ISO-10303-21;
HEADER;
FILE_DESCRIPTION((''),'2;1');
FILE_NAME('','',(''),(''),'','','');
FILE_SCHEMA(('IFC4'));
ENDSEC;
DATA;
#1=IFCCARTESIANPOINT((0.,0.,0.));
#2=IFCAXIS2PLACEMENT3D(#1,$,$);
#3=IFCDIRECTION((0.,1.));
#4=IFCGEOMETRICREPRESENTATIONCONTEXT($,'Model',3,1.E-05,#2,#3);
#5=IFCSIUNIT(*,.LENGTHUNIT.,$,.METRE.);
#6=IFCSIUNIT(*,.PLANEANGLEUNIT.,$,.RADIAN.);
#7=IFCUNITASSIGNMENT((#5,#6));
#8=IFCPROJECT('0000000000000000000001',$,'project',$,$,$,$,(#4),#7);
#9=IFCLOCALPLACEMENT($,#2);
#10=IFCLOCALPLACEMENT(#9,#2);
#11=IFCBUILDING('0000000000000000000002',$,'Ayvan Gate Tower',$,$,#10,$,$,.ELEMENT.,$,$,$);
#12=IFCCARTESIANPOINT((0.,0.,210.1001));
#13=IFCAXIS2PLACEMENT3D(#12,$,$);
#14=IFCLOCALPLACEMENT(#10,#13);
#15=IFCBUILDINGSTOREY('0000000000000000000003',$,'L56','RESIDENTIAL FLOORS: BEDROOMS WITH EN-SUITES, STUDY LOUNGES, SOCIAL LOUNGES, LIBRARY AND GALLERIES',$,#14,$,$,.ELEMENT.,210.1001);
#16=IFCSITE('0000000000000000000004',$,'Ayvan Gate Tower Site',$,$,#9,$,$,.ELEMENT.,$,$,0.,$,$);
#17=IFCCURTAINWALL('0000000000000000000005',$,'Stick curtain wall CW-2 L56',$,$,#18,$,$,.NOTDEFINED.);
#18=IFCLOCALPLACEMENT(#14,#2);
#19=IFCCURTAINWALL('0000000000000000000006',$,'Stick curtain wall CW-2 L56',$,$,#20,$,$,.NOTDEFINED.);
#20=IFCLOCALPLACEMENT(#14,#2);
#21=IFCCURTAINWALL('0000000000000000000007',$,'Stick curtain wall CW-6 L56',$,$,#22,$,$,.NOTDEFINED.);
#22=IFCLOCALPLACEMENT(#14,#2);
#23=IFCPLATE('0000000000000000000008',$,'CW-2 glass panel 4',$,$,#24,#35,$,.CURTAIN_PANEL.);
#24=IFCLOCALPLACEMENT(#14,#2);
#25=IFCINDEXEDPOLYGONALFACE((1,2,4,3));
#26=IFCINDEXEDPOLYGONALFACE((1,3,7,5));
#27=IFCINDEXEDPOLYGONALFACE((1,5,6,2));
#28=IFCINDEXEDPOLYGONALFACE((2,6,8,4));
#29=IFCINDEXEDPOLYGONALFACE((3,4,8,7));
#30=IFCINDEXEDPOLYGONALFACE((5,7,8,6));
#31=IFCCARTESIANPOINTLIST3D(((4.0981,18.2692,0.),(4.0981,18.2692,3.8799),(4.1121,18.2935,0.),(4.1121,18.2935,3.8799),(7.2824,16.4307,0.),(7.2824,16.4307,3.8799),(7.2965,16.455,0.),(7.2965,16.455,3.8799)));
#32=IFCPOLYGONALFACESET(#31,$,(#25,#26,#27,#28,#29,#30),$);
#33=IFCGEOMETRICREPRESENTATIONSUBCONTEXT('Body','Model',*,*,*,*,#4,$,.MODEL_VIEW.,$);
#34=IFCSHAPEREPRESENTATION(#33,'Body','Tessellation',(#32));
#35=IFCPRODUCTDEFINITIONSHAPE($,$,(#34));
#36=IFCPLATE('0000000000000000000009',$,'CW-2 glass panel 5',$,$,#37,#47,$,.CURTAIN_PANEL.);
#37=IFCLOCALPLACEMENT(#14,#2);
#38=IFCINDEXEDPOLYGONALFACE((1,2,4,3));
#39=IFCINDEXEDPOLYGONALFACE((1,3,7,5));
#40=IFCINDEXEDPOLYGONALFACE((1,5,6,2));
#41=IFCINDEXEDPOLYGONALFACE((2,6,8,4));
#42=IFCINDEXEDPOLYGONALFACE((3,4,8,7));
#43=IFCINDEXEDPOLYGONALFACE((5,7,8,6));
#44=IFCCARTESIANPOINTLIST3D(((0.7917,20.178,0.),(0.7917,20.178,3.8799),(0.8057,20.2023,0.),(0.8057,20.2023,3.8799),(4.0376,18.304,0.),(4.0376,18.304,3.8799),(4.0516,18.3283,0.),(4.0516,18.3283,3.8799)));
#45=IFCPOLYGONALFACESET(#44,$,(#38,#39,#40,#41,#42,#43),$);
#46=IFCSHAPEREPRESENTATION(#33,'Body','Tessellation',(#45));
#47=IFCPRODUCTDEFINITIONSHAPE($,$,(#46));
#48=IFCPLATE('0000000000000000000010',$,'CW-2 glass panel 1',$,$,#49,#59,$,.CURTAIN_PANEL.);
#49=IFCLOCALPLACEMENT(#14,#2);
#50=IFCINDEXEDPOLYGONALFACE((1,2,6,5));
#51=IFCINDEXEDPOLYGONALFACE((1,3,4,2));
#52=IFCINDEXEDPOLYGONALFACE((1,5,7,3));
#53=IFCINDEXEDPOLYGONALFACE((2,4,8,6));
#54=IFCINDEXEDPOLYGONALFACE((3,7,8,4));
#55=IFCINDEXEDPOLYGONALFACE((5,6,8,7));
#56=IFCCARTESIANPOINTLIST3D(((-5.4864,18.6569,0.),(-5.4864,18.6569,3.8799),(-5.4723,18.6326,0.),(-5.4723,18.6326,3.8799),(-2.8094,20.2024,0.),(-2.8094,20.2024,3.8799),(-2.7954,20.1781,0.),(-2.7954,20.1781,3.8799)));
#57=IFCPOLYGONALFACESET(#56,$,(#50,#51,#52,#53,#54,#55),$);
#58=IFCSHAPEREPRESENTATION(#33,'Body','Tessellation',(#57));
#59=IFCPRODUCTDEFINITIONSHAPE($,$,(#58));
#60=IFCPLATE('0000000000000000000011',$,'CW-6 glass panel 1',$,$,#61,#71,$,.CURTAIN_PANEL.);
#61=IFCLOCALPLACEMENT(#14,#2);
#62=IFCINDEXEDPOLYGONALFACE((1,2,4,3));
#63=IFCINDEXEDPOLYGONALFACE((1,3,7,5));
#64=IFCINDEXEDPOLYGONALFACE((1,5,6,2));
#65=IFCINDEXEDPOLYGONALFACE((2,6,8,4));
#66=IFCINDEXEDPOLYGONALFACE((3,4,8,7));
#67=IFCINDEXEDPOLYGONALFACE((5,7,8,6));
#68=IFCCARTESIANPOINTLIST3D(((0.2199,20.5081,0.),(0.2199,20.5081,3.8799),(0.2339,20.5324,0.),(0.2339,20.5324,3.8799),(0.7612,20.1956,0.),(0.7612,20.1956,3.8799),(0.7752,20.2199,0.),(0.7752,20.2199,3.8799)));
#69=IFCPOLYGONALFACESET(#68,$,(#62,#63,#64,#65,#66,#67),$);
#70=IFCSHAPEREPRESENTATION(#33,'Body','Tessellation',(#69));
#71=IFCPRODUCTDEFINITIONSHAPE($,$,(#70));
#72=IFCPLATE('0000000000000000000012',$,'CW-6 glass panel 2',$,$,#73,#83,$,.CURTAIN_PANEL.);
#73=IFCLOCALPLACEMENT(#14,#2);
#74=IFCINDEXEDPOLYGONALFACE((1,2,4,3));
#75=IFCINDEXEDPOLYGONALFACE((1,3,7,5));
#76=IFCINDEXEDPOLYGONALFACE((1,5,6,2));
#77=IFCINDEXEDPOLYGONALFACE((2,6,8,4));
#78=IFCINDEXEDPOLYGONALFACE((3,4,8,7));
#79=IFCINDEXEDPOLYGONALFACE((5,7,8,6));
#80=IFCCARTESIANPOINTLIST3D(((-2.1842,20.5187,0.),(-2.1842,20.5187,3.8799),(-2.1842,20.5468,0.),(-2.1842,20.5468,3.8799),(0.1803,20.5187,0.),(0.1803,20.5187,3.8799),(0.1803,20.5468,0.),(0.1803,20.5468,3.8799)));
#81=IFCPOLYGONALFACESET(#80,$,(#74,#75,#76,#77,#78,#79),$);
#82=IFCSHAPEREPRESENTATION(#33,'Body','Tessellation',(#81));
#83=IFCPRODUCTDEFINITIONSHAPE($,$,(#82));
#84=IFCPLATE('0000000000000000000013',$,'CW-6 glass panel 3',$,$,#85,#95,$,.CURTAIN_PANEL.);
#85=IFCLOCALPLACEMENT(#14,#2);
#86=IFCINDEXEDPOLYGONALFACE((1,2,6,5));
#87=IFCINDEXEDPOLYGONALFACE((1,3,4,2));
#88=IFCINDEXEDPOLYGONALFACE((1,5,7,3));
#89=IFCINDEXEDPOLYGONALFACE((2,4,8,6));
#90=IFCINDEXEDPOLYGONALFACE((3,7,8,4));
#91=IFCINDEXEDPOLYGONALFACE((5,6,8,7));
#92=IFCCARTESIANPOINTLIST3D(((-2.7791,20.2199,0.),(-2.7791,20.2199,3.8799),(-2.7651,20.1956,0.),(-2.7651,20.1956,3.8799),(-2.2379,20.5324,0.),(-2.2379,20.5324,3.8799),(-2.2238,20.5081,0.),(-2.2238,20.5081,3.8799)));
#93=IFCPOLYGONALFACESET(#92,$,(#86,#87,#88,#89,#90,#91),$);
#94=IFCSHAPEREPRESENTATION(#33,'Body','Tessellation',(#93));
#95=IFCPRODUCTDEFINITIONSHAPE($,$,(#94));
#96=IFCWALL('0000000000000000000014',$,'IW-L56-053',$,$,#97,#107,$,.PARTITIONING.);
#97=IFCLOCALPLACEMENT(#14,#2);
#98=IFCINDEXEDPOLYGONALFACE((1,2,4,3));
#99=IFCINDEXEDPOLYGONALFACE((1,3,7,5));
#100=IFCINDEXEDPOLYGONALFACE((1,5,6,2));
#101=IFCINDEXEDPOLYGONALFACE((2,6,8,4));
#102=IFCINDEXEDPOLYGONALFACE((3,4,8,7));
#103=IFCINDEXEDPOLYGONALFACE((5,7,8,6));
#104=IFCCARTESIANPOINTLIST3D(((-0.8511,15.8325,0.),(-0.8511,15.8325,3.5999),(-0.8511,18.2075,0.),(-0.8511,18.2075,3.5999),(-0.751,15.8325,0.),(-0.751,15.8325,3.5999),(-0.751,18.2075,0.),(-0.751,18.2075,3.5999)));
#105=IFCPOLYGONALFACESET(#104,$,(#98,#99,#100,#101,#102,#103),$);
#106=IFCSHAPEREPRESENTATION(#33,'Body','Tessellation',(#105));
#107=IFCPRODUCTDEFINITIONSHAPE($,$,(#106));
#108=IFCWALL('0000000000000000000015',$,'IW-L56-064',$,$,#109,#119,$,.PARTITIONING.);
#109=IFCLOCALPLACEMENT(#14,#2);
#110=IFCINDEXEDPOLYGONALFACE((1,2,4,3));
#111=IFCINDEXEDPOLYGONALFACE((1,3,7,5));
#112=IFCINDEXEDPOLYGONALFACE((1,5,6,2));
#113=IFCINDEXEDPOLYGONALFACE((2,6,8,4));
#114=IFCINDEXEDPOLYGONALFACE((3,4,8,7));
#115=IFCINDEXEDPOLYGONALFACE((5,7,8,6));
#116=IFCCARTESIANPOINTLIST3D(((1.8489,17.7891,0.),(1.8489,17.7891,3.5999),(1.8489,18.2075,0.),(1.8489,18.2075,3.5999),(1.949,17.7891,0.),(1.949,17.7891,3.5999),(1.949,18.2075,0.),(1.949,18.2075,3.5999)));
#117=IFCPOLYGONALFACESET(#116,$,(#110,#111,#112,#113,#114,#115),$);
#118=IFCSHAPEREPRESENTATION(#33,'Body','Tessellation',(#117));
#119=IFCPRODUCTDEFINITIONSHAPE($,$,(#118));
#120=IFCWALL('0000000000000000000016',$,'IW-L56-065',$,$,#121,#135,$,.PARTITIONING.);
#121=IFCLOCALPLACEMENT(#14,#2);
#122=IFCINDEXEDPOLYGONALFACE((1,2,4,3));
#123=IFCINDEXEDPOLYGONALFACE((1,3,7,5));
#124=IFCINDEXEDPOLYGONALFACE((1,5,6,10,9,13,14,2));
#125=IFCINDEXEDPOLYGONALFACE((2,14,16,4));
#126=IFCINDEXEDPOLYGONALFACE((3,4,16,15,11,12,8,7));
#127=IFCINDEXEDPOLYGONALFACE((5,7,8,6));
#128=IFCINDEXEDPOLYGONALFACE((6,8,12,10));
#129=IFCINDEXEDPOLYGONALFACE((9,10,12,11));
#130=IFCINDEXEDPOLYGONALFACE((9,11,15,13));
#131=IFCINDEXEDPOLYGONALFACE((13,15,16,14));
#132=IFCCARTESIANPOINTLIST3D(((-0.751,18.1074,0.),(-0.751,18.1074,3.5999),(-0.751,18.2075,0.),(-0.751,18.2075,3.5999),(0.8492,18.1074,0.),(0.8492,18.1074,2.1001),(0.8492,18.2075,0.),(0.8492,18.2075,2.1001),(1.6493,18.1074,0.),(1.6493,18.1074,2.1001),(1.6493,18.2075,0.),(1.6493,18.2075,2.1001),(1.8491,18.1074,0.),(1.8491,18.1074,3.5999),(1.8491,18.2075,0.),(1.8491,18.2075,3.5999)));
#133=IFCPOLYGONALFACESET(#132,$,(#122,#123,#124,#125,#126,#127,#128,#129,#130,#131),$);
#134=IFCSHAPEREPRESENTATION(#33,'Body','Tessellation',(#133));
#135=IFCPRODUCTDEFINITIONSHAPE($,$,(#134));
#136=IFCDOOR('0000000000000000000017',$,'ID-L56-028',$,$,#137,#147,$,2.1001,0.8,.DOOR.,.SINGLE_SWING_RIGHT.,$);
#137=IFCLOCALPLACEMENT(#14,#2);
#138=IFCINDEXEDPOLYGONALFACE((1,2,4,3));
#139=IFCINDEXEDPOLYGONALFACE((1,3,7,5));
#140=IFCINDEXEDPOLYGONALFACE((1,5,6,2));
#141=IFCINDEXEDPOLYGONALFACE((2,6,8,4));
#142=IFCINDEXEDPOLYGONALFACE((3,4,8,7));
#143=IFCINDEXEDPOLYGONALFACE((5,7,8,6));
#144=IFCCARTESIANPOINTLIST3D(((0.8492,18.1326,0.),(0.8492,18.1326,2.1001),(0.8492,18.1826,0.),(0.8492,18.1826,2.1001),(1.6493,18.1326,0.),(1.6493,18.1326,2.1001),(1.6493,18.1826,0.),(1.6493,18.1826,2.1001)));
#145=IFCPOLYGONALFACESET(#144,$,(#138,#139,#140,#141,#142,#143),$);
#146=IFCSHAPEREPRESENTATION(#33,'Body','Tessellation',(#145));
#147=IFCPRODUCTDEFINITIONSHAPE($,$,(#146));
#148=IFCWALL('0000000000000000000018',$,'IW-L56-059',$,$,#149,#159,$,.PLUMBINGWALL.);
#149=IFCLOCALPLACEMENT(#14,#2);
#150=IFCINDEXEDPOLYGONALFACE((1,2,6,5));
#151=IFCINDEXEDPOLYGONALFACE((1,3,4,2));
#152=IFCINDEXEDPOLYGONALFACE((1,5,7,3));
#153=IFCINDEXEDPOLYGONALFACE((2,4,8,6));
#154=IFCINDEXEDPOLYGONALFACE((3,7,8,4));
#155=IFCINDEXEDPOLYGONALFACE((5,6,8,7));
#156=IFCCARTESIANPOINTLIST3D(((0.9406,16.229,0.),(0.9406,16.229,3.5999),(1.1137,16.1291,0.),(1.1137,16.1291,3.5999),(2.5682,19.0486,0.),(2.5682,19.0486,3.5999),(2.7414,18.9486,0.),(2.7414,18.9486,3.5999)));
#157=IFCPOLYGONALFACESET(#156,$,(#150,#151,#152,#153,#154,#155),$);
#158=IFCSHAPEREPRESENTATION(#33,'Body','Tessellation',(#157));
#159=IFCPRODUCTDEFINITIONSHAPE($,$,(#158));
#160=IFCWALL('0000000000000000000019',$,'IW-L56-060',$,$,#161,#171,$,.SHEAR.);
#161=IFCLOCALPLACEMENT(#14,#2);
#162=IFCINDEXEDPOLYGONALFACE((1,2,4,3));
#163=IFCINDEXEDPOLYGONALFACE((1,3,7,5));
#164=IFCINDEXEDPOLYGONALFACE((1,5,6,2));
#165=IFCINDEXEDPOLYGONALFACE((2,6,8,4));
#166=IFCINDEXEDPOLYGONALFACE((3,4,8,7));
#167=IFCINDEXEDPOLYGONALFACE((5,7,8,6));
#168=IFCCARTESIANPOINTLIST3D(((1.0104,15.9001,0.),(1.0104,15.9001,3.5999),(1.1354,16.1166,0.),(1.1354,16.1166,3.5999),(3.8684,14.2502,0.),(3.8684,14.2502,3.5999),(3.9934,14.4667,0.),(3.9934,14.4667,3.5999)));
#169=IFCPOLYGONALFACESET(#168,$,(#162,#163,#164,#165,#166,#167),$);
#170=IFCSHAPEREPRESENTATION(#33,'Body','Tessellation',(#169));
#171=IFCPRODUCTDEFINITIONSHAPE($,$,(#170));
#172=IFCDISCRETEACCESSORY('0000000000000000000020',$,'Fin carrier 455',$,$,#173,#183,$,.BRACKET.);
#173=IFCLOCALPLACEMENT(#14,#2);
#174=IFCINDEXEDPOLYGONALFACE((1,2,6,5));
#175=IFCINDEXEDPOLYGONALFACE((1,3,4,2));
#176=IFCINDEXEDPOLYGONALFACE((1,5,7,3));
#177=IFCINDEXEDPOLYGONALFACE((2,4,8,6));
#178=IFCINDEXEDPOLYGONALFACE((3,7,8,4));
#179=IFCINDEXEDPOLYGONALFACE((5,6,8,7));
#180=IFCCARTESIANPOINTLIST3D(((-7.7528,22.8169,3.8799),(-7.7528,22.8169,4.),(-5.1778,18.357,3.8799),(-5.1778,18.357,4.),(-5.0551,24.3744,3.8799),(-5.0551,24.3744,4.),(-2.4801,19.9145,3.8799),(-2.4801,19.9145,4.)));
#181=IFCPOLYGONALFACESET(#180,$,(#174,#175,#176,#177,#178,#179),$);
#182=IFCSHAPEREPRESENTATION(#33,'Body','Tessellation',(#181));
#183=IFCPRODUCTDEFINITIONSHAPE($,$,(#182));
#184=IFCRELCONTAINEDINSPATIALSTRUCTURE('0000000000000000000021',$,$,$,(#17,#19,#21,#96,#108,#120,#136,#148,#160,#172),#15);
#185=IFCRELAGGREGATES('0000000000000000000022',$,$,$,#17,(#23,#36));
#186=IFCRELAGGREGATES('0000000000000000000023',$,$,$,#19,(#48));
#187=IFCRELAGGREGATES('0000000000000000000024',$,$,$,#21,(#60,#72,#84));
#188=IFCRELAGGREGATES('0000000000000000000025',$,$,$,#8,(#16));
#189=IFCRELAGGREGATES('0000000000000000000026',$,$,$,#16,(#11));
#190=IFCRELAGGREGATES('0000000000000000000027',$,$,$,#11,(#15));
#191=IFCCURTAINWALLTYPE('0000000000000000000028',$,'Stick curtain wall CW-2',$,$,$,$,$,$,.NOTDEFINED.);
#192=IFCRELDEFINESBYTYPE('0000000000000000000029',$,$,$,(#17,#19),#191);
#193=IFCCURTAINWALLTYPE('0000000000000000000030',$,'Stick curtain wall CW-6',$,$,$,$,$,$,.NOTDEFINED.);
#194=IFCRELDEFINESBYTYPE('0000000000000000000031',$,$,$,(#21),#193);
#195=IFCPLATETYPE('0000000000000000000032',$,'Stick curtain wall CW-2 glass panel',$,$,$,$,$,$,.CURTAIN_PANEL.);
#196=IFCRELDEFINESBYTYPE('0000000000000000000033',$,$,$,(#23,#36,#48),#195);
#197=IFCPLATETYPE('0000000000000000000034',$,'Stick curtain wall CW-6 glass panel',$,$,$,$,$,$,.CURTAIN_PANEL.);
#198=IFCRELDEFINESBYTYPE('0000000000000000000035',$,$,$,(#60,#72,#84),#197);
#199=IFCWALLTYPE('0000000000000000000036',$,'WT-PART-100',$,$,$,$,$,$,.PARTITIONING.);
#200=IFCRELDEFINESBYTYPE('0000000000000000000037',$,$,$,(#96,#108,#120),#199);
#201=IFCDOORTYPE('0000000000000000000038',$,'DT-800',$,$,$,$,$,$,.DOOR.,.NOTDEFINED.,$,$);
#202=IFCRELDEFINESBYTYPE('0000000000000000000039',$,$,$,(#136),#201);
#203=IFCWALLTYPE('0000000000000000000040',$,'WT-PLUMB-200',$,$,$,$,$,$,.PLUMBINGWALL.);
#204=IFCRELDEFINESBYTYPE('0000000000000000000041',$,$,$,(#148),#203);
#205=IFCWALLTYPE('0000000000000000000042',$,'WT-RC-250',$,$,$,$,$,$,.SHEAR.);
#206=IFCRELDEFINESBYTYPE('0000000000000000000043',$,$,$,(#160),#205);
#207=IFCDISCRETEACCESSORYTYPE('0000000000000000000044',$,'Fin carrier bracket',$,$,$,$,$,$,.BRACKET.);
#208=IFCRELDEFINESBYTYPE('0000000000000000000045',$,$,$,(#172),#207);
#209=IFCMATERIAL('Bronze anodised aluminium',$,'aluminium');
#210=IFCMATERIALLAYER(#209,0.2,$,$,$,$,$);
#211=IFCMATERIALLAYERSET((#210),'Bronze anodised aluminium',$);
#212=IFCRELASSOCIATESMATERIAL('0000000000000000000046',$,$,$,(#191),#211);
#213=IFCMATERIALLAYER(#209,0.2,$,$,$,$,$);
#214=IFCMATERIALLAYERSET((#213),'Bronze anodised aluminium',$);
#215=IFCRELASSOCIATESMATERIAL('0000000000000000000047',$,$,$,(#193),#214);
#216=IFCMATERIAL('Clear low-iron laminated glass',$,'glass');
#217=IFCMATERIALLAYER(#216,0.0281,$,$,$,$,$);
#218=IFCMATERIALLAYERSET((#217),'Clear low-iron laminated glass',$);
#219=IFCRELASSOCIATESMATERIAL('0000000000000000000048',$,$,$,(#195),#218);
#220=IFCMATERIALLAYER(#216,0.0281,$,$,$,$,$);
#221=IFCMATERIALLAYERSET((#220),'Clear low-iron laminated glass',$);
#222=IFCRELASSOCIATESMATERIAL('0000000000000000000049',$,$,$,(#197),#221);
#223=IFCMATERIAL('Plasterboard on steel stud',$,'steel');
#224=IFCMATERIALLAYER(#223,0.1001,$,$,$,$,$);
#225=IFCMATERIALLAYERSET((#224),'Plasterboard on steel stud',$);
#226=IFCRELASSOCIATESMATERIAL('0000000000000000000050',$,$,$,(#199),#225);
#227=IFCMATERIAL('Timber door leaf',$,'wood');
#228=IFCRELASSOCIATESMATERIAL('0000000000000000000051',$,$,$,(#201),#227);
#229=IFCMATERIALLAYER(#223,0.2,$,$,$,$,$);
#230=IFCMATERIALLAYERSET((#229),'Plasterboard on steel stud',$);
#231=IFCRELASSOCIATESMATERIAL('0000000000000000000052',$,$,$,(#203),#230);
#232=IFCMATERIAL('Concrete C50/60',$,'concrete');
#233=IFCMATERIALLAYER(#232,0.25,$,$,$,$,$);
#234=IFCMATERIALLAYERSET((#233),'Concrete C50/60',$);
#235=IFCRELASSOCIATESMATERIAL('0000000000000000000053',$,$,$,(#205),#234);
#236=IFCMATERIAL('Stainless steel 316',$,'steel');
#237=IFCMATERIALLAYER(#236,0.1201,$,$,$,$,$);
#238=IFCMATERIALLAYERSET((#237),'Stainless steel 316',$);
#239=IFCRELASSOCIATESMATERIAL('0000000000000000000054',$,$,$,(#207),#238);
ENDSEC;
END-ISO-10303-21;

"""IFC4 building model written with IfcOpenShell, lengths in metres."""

from ifc_helpers import new_model, si_unit, direction, frame, frame_2d, origin, origin_2d, place, context, subcontext, project, spatial, rectangle, extrude, material, layer, layer_set, type_object, element, fill, aggregate, save


model = new_model("IFC4")

# Units and contexts
model_context = context("Model", 3, precision=1e-05, world=origin(), true_north=direction((0.0, 1.0)))
body_context = subcontext(model_context, "Body", "Model", "MODEL_VIEW")
ifc_project = project(units=[si_unit("LENGTHUNIT", "METRE"), si_unit("PLANEANGLEUNIT", "RADIAN")], contexts=[model_context])

# Site, building, storey
site_placement = place(None, origin())
site = spatial("IfcSite", under=ifc_project, at=site_placement, Name="Ayvan Gate Tower Site", CompositionType="ELEMENT", RefElevation=0.0)
building_placement = place(site_placement, origin())
building = spatial("IfcBuilding", under=site, at=building_placement, Name="Ayvan Gate Tower", CompositionType="ELEMENT")
storey_placement = place(building_placement, frame((0.0, 0.0, 210.1001)))
storey = spatial("IfcBuildingStorey", under=building, at=storey_placement, Name="L56", Description="RESIDENTIAL FLOORS: BEDROOMS WITH EN-SUITES, STUDY LOUNGES, SOCIAL LOUNGES, LIBRARY AND GALLERIES", CompositionType="ELEMENT", Elevation=210.1001)

# Curtain wall
ifc_material_1 = material(Name="Bronze anodised aluminium", Category="aluminium")
ifc_layer_1 = layer(ifc_material_1, 0.2)
ifc_layer_set_1 = layer_set([ifc_layer_1], Name="Bronze anodised aluminium")
curtain_wall_type_1 = type_object("IfcCurtainWallType", Name="Stick curtain wall CW-2", PredefinedType="NOTDEFINED", material=ifc_layer_set_1)
curtain_wall_1_placement = place(storey_placement, origin())
curtain_wall_1 = element("IfcCurtainWall", 1, at=curtain_wall_1_placement, inside=storey, type_object=curtain_wall_type_1, Name="Stick curtain wall CW-2 L56", PredefinedType="NOTDEFINED")

# Curtain wall
curtain_wall_2_placement = place(storey_placement, origin())
curtain_wall_2 = element("IfcCurtainWall", 2, at=curtain_wall_2_placement, inside=storey, type_object=curtain_wall_type_1, Name="Stick curtain wall CW-2 L56", PredefinedType="NOTDEFINED")

# Curtain wall
ifc_layer_2 = layer(ifc_material_1, 0.2)
ifc_layer_set_2 = layer_set([ifc_layer_2], Name="Bronze anodised aluminium")
curtain_wall_type_2 = type_object("IfcCurtainWallType", Name="Stick curtain wall CW-6", PredefinedType="NOTDEFINED", material=ifc_layer_set_2)
curtain_wall_3_placement = place(storey_placement, origin())
curtain_wall_3 = element("IfcCurtainWall", 3, at=curtain_wall_3_placement, inside=storey, type_object=curtain_wall_type_2, Name="Stick curtain wall CW-6 L56", PredefinedType="NOTDEFINED")

# Plates
ifc_material_2 = material(Name="Clear low-iron laminated glass", Category="glass")
ifc_layer_3 = layer(ifc_material_2, 0.0281)
ifc_layer_set_3 = layer_set([ifc_layer_3], Name="Clear low-iron laminated glass")
plate_type_1 = type_object("IfcPlateType", Name="Stick curtain wall CW-2 glass panel", PredefinedType="CURTAIN_PANEL", material=ifc_layer_set_3)
plate_1_placement = place(storey_placement, frame((5.6973, 17.3621, 0.0), z_axis=(0.0, 0.0, 1.0), x_axis=(-0.866025, 0.5, 0.0)))
plate_1 = element("IfcPlate", 4, at=plate_1_placement, type_object=plate_type_1, Name="CW-2 glass panel 4", PredefinedType="CURTAIN_PANEL", context=body_context, shape_type="SweptSolid", body=[
    extrude(rectangle(XDim=3.677, YDim=0.0281, at=origin_2d()), origin(), (0.0, 0.0, 1.0), 3.8799),
])
plate_2_placement = place(storey_placement, frame((2.4216, 19.2532, 0.0), z_axis=(0.0, 0.0, 1.0), x_axis=(-0.866025, 0.5, 0.0)))
plate_2 = element("IfcPlate", 5, at=plate_2_placement, type_object=plate_type_1, Name="CW-2 glass panel 5", PredefinedType="CURTAIN_PANEL", context=body_context, shape_type="SweptSolid", body=[
    extrude(rectangle(XDim=3.748, YDim=0.0281, at=origin_2d()), origin(), (0.0, 0.0, 1.0), 3.8799),
])
aggregate(curtain_wall_1, [plate_1, plate_2])
plate_3_placement = place(storey_placement, frame((-4.1409, 19.4175, 0.0), z_axis=(0.0, 0.0, 1.0), x_axis=(-0.866025, -0.5, 0.0)))
plate_3 = element("IfcPlate", 6, at=plate_3_placement, type_object=plate_type_1, Name="CW-2 glass panel 1", PredefinedType="CURTAIN_PANEL", context=body_context, shape_type="SweptSolid", body=[
    extrude(rectangle(XDim=3.0911, YDim=0.0281, at=origin_2d()), origin(), (0.0, 0.0, 1.0), 3.8799),
])
aggregate(curtain_wall_2, [plate_3])
ifc_layer_4 = layer(ifc_material_2, 0.0281)
ifc_layer_set_4 = layer_set([ifc_layer_4], Name="Clear low-iron laminated glass")
plate_type_2 = type_object("IfcPlateType", Name="Stick curtain wall CW-6 glass panel", PredefinedType="CURTAIN_PANEL", material=ifc_layer_set_4)
plate_4_placement = place(storey_placement, frame((0.4976, 20.364, 0.0), z_axis=(0.0, 0.0, 1.0), x_axis=(-0.866025, 0.5, 0.0)))
plate_4 = element("IfcPlate", 7, at=plate_4_placement, type_object=plate_type_2, Name="CW-6 glass panel 1", PredefinedType="CURTAIN_PANEL", context=body_context, shape_type="SweptSolid", body=[
    extrude(rectangle(XDim=0.625, YDim=0.0281, at=origin_2d()), origin(), (0.0, 0.0, 1.0), 3.8799),
])
plate_5_placement = place(storey_placement, frame((-1.002, 20.5327, 0.0), z_axis=(0.0, 0.0, 1.0), x_axis=(-1.0, 0.0, 0.0)))
plate_5 = element("IfcPlate", 8, at=plate_5_placement, type_object=plate_type_2, Name="CW-6 glass panel 2", PredefinedType="CURTAIN_PANEL", context=body_context, shape_type="SweptSolid", body=[
    extrude(rectangle(XDim=2.3645, YDim=0.0281, at=origin_2d()), origin(), (0.0, 0.0, 1.0), 3.8799),
])
plate_6_placement = place(storey_placement, frame((-2.5015, 20.364, 0.0), z_axis=(0.0, 0.0, 1.0), x_axis=(-0.866025, -0.5, 0.0)))
plate_6 = element("IfcPlate", 9, at=plate_6_placement, type_object=plate_type_2, Name="CW-6 glass panel 3", PredefinedType="CURTAIN_PANEL", context=body_context, shape_type="SweptSolid", body=[
    extrude(rectangle(XDim=0.625, YDim=0.0281, at=origin_2d()), origin(), (0.0, 0.0, 1.0), 3.8799),
])
aggregate(curtain_wall_3, [plate_4, plate_5, plate_6])

# Walls
ifc_material_3 = material(Name="Plasterboard on steel stud", Category="steel")
ifc_layer_5 = layer(ifc_material_3, 0.1001)
ifc_layer_set_5 = layer_set([ifc_layer_5], Name="Plasterboard on steel stud")
wall_type_1 = type_object("IfcWallType", Name="WT-PART-100", PredefinedType="PARTITIONING", material=ifc_layer_set_5)
wall_1_placement = place(storey_placement, frame((-0.801, 18.2075, 0.0), z_axis=(0.0, 0.0, 1.0), x_axis=(0.0, -1.0, 0.0)))
element("IfcWall", 10, at=wall_1_placement, inside=storey, type_object=wall_type_1, Name="IW-L56-053", PredefinedType="PARTITIONING", context=body_context, shape_type="SweptSolid", body=[
    extrude(rectangle(XDim=2.375, YDim=0.1001, at=frame_2d((1.1875, 0.0))), origin(), (0.0, 0.0, 1.0), 3.5999),
])
wall_2_placement = place(storey_placement, frame((1.8989, 17.7891, 0.0), z_axis=(0.0, 0.0, 1.0), x_axis=(0.0, 1.0, 0.0)))
element("IfcWall", 11, at=wall_2_placement, inside=storey, type_object=wall_type_1, Name="IW-L56-064", PredefinedType="PARTITIONING", context=body_context, shape_type="SweptSolid", body=[
    extrude(rectangle(XDim=0.4185, YDim=0.1001, at=frame_2d((0.2092, 0.0))), origin(), (0.0, 0.0, 1.0), 3.5999),
])

# Wall, opening, door
wall_3_placement = place(storey_placement, frame((1.8491, 18.1575, 0.0), z_axis=(0.0, 0.0, 1.0), x_axis=(-1.0, 0.0, 0.0)))
wall_3 = element("IfcWall", 12, at=wall_3_placement, inside=storey, type_object=wall_type_1, Name="IW-L56-065", PredefinedType="PARTITIONING", context=body_context, shape_type="SweptSolid", body=[
    extrude(rectangle(XDim=2.6001, YDim=0.1001, at=frame_2d((1.3, 0.0))), origin(), (0.0, 0.0, 1.0), 3.5999),
])
opening_placement = place(wall_3_placement, frame((0.2, 0.0, 0.0)))
opening = element("IfcOpeningElement", 13, at=opening_placement, cuts=wall_3, PredefinedType="OPENING", context=body_context, shape_type="SweptSolid", body=[
    extrude(rectangle(XDim=0.8, YDim=2.1001, at=frame_2d((0.3999, 1.05))), frame((0.0, 0.0601, 0.0), z_axis=(0.0, -1.0, 0.0), x_axis=(1.0, 0.0, 0.0)), (0.0, 0.0, 1.0), 0.1201),
])
ifc_material_4 = material(Name="Timber door leaf", Category="wood")
door_type = type_object("IfcDoorType", Name="DT-800", OperationType="NOTDEFINED", PredefinedType="DOOR", material=ifc_material_4)
door_placement = place(opening_placement, origin())
door = element("IfcDoor", 14, at=door_placement, inside=storey, type_object=door_type, Name="ID-L56-028", OperationType="SINGLE_SWING_RIGHT", OverallHeight=2.1001, OverallWidth=0.8, PredefinedType="DOOR", context=body_context, shape_type="SweptSolid", body=[
    extrude(rectangle(XDim=0.8, YDim=2.1001, at=frame_2d((0.3999, 1.05))), frame((0.0, 0.0249, 0.0), z_axis=(0.0, -1.0, 0.0), x_axis=(1.0, 0.0, 0.0)), (0.0, 0.0, 1.0), 0.05),
])
fill(opening, door)

# Walls
ifc_layer_6 = layer(ifc_material_3, 0.2)
ifc_layer_set_6 = layer_set([ifc_layer_6], Name="Plasterboard on steel stud")
wall_type_2 = type_object("IfcWallType", Name="WT-PLUMB-200", PredefinedType="PLUMBINGWALL", material=ifc_layer_set_6)
wall_4_placement = place(storey_placement, frame((1.0271, 16.179, 0.0), z_axis=(0.0, 0.0, 1.0), x_axis=(0.499954, 0.866052, 0.0)))
element("IfcWall", 15, at=wall_4_placement, inside=storey, type_object=wall_type_2, Name="IW-L56-059", PredefinedType="PLUMBINGWALL", context=body_context, shape_type="SweptSolid", body=[
    extrude(rectangle(XDim=3.2556, YDim=0.2, at=frame_2d((1.6279, 0.0))), origin(), (0.0, 0.0, 1.0), 3.5999),
])
ifc_material_5 = material(Name="Concrete C50/60", Category="concrete")
ifc_layer_7 = layer(ifc_material_5, 0.25)
ifc_layer_set_7 = layer_set([ifc_layer_7], Name="Concrete C50/60")
wall_type_3 = type_object("IfcWallType", Name="WT-RC-250", PredefinedType="SHEAR", material=ifc_layer_set_7)
wall_5_placement = place(storey_placement, frame((1.073, 16.0083, 0.0), z_axis=(0.0, 0.0, 1.0), x_axis=(0.86604, -0.499974, 0.0)))
element("IfcWall", 16, at=wall_5_placement, inside=storey, type_object=wall_type_3, Name="IW-L56-060", PredefinedType="SHEAR", context=body_context, shape_type="SweptSolid", body=[
    extrude(rectangle(XDim=3.3, YDim=0.25, at=frame_2d((1.6499, 0.0))), origin(), (0.0, 0.0, 1.0), 3.5999),
])

# Discrete accessory
ifc_material_6 = material(Name="Stainless steel 316", Category="steel")
ifc_layer_8 = layer(ifc_material_6, 0.1201)
ifc_layer_set_8 = layer_set([ifc_layer_8], Name="Stainless steel 316")
discrete_accessory_type = type_object("IfcDiscreteAccessoryType", Name="Fin carrier bracket", PredefinedType="BRACKET", material=ifc_layer_set_8)
discrete_accessory_1_placement = place(storey_placement, frame((-5.1165, 21.3657, 3.8799), z_axis=(0.0, 0.0, 1.0), x_axis=(-0.866025, -0.5, 0.0)))
element("IfcDiscreteAccessory", 17, at=discrete_accessory_1_placement, inside=storey, type_object=discrete_accessory_type, Name="Fin carrier 455", PredefinedType="BRACKET", context=body_context, shape_type="SweptSolid", body=[
    extrude(rectangle(XDim=3.115, YDim=5.1499, at=origin_2d()), origin(), (0.0, 0.0, 1.0), 0.1201),
])

save(model, "model.ifc")
